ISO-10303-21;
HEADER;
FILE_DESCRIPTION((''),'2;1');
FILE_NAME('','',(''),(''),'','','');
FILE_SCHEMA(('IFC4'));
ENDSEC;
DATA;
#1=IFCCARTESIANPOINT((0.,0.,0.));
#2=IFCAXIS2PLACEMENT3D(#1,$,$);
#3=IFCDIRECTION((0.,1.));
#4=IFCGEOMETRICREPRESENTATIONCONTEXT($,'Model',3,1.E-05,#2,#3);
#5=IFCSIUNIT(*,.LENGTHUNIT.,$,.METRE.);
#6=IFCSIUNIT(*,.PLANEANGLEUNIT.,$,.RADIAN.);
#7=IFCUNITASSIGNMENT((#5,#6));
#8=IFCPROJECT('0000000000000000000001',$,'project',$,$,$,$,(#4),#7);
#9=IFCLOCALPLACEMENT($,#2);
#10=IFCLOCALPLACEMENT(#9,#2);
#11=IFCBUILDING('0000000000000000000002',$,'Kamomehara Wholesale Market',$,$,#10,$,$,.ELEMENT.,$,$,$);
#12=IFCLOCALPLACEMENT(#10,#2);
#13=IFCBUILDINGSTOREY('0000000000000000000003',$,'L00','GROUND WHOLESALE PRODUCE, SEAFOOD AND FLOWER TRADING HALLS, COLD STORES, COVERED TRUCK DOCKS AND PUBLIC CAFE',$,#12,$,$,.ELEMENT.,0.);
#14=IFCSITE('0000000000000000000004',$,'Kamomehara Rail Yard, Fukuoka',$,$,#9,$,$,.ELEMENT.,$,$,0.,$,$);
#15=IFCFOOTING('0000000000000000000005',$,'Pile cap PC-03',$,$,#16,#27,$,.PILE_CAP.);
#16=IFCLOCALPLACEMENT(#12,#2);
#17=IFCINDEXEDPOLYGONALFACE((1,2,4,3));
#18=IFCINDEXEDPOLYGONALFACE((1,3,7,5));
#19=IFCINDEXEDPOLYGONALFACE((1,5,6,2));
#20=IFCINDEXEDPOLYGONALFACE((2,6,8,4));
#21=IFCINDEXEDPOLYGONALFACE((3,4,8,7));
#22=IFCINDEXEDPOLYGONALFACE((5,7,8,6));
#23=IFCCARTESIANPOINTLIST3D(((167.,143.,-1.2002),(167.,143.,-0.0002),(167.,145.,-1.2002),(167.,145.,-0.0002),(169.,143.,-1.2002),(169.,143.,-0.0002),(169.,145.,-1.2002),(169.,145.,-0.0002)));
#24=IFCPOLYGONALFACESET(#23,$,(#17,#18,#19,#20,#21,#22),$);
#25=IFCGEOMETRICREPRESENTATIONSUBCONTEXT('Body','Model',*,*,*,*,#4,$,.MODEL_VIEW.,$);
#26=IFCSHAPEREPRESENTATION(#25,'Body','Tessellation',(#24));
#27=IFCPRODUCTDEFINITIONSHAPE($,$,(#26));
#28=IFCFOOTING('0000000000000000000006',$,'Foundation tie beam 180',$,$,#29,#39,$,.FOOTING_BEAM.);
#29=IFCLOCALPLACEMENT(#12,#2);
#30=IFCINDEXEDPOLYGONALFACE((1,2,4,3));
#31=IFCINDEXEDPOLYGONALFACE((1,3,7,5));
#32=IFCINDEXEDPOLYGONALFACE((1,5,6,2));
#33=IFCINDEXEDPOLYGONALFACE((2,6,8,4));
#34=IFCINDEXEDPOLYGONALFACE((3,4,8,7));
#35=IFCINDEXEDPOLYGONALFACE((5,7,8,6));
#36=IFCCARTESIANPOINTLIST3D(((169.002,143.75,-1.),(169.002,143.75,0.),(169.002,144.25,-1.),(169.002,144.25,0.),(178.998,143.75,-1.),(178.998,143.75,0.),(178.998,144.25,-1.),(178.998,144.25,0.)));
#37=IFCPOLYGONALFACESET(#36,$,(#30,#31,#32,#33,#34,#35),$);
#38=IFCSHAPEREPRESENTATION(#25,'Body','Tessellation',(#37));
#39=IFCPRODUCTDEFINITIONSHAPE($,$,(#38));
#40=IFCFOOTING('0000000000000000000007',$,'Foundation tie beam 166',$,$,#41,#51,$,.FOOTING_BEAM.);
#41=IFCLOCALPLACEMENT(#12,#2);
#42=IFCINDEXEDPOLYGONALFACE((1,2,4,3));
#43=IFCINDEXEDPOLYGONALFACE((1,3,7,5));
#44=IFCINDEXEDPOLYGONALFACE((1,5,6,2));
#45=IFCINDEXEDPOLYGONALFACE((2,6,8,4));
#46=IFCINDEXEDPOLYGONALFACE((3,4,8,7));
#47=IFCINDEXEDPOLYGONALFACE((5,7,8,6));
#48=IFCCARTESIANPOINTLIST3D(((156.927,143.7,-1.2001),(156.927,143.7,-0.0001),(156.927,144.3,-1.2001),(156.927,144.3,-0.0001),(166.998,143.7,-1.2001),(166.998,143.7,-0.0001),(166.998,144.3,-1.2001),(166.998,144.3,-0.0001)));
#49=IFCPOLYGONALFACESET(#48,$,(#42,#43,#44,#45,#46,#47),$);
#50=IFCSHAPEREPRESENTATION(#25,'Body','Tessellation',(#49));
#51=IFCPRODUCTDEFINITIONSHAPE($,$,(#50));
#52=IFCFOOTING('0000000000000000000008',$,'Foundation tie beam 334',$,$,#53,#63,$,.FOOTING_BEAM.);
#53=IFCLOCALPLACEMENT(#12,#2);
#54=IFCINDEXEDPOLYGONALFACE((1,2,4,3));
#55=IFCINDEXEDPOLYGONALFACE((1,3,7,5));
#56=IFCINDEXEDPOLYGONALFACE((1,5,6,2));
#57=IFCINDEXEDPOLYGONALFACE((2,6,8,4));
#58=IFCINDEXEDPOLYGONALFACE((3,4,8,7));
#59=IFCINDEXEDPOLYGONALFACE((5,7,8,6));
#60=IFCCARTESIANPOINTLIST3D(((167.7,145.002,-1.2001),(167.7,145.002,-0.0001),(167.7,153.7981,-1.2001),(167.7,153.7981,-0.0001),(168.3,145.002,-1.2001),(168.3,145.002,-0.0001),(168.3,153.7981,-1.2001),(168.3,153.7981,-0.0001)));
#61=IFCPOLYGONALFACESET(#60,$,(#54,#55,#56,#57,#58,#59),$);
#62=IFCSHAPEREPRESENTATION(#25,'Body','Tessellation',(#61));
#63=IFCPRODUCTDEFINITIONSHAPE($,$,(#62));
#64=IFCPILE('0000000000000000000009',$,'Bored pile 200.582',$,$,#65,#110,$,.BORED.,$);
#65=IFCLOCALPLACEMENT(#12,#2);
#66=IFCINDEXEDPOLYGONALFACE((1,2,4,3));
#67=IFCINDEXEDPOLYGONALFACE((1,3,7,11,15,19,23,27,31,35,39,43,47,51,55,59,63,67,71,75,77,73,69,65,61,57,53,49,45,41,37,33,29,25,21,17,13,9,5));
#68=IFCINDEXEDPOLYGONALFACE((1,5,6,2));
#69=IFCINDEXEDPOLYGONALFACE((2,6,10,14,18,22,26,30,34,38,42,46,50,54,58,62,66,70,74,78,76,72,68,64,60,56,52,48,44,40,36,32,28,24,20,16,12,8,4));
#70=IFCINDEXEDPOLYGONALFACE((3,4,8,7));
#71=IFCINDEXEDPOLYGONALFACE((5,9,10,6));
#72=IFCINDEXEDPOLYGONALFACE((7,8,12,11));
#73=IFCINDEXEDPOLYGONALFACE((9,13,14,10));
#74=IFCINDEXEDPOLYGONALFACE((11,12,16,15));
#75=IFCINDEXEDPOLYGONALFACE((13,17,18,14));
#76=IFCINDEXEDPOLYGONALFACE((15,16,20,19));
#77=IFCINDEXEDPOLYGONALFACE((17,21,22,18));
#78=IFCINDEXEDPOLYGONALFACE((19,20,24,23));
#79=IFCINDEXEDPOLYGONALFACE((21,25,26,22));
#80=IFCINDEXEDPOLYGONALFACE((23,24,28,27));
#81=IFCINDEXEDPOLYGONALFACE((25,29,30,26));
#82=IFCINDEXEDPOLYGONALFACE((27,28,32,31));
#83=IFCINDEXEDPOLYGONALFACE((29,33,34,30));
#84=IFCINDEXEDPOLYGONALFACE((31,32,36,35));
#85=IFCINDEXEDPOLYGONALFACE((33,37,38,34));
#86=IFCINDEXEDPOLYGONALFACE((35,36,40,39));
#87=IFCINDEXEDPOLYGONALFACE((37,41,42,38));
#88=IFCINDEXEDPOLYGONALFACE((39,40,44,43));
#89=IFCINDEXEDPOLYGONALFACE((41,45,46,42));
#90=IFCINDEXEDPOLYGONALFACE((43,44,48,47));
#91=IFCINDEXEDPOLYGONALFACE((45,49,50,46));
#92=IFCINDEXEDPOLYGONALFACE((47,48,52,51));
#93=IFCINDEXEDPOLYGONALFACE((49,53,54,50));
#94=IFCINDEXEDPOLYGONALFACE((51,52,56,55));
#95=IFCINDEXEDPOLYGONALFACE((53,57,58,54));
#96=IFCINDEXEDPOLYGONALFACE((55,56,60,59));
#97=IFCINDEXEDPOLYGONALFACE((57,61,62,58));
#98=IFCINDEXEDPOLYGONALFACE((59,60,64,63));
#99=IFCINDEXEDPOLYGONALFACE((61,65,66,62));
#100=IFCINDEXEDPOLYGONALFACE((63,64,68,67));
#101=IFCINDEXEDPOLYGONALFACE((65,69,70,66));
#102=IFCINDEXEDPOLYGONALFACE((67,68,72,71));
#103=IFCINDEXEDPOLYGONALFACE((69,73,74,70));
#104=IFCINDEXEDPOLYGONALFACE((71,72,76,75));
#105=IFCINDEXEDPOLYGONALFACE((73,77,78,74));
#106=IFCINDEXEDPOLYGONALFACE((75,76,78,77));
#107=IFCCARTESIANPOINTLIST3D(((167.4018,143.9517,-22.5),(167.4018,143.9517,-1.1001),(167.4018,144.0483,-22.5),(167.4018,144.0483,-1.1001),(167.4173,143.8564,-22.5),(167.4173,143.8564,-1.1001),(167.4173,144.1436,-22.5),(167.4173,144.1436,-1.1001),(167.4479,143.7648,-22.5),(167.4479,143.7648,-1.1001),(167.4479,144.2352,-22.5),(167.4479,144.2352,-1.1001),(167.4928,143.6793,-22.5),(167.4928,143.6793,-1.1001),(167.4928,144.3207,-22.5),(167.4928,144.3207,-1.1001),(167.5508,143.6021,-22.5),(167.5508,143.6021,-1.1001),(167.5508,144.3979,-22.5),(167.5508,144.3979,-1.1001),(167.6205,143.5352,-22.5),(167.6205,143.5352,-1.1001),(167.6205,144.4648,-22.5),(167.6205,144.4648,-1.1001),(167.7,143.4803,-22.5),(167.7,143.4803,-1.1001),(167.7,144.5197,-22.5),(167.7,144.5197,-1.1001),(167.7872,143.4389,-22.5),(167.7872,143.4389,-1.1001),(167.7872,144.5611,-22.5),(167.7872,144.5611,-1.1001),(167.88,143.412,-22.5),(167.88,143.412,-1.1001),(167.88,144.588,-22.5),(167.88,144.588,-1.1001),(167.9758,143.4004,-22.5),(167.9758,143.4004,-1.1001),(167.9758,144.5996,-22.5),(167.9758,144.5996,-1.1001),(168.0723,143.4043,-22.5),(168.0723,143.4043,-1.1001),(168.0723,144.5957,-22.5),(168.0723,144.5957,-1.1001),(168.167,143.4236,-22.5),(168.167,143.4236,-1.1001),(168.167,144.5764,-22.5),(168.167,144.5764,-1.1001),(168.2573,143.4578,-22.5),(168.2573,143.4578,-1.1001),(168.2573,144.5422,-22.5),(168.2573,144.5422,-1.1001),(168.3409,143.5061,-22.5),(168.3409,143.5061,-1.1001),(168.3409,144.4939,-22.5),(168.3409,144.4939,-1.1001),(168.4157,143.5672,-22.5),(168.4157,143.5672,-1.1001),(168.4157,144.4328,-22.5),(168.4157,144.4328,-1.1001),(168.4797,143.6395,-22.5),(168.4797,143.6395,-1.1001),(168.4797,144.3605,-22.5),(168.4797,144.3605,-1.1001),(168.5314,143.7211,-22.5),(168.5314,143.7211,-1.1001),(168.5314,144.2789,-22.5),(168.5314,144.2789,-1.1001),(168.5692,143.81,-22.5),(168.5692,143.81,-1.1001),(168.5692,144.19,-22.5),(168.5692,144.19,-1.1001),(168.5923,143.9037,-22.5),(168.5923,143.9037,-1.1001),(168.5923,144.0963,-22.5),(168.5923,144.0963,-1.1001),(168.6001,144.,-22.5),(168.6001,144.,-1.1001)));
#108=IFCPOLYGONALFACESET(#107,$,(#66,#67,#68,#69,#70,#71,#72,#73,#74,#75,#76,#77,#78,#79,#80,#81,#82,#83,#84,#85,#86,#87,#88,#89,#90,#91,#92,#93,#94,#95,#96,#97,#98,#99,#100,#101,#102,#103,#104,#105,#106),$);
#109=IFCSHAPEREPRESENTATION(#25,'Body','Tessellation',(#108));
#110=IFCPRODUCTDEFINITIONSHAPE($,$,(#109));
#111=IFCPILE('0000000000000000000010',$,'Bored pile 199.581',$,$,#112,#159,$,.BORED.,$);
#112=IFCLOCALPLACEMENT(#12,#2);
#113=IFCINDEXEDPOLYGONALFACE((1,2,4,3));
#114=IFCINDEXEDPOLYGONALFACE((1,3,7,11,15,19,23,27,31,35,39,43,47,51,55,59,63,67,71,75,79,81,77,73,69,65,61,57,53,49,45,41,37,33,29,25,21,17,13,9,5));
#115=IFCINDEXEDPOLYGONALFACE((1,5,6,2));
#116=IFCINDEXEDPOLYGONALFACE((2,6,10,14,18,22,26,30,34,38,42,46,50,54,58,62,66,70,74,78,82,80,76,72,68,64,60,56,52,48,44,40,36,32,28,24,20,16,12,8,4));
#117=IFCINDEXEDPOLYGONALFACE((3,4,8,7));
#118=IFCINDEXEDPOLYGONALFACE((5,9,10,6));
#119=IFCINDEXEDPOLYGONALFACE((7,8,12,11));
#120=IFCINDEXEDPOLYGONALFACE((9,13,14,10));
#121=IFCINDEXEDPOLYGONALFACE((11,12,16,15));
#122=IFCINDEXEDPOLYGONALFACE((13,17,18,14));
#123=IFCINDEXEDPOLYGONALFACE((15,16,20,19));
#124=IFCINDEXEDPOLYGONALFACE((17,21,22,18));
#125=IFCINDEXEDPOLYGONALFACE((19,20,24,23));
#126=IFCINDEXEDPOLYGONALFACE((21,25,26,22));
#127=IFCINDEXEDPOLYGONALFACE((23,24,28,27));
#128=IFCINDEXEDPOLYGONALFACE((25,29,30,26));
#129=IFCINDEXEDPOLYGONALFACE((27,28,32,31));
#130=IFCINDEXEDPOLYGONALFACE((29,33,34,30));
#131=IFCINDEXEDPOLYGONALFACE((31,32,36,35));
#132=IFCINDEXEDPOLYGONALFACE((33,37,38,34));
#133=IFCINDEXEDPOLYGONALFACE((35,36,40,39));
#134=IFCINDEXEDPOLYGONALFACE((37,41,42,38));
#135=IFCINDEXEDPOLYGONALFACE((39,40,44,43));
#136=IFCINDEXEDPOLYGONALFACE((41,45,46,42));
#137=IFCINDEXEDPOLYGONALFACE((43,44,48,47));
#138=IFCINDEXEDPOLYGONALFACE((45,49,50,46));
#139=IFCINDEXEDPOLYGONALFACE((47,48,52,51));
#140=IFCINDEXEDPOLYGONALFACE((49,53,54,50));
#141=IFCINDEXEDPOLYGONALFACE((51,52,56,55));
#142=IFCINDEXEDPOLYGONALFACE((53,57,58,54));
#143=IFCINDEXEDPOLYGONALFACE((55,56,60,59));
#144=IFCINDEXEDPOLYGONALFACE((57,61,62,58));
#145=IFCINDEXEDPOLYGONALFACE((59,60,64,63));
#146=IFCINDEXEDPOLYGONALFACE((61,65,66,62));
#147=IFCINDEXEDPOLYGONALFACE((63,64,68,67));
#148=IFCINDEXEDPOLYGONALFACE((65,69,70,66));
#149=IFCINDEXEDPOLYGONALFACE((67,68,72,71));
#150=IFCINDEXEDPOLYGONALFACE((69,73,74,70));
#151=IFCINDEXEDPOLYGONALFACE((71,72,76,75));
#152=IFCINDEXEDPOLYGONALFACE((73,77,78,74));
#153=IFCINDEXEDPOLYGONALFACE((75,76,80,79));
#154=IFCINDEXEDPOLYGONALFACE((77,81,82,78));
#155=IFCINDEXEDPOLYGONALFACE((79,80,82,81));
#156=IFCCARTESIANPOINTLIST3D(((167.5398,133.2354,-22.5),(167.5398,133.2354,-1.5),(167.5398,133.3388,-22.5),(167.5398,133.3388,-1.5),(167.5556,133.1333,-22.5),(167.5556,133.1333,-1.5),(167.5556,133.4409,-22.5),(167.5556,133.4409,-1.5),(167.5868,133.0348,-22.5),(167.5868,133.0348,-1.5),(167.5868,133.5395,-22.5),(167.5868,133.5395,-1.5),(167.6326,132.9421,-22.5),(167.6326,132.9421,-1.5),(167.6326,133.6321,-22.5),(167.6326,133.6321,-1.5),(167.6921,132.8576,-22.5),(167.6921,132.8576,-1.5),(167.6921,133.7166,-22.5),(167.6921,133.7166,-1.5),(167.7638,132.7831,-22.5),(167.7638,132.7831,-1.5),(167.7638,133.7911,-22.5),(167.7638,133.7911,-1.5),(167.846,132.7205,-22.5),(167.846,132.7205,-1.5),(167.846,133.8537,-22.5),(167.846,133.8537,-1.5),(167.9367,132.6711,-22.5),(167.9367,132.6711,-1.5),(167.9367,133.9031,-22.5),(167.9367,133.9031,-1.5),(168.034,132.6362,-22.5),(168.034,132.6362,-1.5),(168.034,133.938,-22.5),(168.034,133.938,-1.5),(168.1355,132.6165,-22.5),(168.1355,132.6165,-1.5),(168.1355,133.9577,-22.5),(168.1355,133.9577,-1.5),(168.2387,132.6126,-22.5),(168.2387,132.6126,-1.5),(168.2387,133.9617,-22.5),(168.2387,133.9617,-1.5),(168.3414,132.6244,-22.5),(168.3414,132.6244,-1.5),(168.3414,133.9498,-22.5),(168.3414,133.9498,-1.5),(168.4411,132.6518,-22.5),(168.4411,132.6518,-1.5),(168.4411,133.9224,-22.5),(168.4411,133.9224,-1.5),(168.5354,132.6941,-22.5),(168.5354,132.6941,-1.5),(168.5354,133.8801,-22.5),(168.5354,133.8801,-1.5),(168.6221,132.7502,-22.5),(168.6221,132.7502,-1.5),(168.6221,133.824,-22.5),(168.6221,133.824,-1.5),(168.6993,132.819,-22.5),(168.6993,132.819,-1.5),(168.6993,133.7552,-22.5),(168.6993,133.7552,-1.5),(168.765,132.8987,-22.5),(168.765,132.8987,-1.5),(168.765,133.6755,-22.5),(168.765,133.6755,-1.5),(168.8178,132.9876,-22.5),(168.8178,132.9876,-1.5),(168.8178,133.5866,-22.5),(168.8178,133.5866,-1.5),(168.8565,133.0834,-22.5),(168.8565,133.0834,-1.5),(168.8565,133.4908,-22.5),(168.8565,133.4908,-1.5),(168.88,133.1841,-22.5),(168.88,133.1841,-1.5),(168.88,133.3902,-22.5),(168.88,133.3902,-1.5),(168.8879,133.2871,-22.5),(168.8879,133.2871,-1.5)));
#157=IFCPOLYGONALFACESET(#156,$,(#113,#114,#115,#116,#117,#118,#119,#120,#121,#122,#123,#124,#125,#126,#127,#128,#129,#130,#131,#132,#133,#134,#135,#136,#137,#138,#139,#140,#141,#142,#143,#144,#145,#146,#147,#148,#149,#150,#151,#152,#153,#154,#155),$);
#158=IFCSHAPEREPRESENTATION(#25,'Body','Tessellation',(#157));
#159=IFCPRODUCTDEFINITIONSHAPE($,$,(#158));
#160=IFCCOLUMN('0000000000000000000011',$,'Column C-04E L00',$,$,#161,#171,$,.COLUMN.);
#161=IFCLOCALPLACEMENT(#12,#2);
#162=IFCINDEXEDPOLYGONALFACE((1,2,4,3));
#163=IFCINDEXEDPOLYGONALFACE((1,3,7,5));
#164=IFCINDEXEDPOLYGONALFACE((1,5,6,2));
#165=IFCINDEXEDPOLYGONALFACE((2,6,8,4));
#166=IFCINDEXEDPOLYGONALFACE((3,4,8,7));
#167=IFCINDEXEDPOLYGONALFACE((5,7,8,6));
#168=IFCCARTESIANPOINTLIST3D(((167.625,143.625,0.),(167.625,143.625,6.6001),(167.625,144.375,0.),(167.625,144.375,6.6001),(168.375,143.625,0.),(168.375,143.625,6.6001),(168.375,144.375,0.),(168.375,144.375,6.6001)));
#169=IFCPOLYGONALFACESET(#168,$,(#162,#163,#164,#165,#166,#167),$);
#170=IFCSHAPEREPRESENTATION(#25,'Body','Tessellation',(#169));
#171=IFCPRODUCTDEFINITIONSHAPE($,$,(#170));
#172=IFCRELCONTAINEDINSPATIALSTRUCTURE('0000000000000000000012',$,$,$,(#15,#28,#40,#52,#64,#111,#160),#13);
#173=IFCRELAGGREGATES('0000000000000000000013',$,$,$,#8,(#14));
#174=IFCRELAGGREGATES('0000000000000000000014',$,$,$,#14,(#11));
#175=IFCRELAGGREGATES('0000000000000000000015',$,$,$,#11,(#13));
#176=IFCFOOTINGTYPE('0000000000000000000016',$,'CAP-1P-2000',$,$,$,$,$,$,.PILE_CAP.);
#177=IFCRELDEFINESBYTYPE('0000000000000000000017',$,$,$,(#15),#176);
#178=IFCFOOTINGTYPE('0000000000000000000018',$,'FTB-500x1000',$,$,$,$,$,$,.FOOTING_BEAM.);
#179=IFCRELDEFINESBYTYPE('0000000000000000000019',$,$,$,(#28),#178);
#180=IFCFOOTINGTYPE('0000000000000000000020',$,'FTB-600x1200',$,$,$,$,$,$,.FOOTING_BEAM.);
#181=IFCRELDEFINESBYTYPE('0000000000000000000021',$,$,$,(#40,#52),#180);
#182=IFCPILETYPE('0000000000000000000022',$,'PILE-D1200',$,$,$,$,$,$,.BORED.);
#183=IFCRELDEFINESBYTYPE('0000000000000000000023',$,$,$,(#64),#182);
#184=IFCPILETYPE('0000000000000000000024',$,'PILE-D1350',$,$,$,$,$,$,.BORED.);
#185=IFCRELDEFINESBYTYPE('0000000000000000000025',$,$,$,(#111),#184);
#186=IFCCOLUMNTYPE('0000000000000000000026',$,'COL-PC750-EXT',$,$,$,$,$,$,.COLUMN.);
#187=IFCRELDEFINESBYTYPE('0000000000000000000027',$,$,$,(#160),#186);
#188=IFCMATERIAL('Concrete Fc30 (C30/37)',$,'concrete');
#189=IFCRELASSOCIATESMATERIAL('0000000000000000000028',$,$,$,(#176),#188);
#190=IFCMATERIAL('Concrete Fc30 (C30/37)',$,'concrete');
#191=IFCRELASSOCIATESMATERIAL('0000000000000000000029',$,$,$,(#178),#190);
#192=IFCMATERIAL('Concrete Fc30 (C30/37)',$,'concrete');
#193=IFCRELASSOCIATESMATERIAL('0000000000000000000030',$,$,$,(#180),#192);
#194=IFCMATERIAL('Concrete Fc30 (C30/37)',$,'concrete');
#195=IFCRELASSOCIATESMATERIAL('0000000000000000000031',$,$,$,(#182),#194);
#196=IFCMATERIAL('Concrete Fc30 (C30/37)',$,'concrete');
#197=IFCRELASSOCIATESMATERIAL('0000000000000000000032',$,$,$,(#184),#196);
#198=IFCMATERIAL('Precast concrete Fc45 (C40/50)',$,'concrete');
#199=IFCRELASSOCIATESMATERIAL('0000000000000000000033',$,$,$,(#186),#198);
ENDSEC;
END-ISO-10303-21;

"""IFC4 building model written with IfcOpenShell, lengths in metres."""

from ifc_helpers import new_model, si_unit, direction, frame, origin, origin_2d, place, context, subcontext, project, spatial, rectangle, circle, extrude, material, material_profile, profile_set, type_object, element, save


model = new_model("IFC4")

# Units and contexts
model_context = context("Model", 3, precision=1e-05, world=origin(), true_north=direction((0.0, 1.0)))
body_context = subcontext(model_context, "Body", "Model", "MODEL_VIEW")
ifc_project = project(units=[si_unit("LENGTHUNIT", "METRE"), si_unit("PLANEANGLEUNIT", "RADIAN")], contexts=[model_context])

# Site, building, storey
site_placement = place(None, origin())
site = spatial("IfcSite", under=ifc_project, at=site_placement, Name="Kamomehara Rail Yard, Fukuoka", CompositionType="ELEMENT", RefElevation=0.0)
building_placement = place(site_placement, origin())
building = spatial("IfcBuilding", under=site, at=building_placement, Name="Kamomehara Wholesale Market", CompositionType="ELEMENT")
storey_placement = place(building_placement, origin())
storey = spatial("IfcBuildingStorey", under=building, at=storey_placement, Name="L00", Description="GROUND WHOLESALE PRODUCE, SEAFOOD AND FLOWER TRADING HALLS, COLD STORES, COVERED TRUCK DOCKS AND PUBLIC CAFE", CompositionType="ELEMENT", Elevation=0.0)

# Footings
ifc_material_1 = material(Name="Concrete Fc30 (C30/37)", Category="concrete")
footing_type_1 = type_object("IfcFootingType", Name="CAP-1P-2000", PredefinedType="PILE_CAP", material=ifc_material_1)
footing_1_placement = place(storey_placement, frame((168.0, 144.0, -1.2002), z_axis=(0.0, 0.0, 1.0), x_axis=(1.0, 0.0, 0.0)))
element("IfcFooting", 1, at=footing_1_placement, inside=storey, type_object=footing_type_1, Name="Pile cap PC-03", PredefinedType="PILE_CAP", context=body_context, shape_type="SweptSolid", body=[
    extrude(rectangle(XDim=2.0, YDim=2.0, at=origin_2d()), origin(), (0.0, 0.0, 1.0), 1.2),
])
ifc_material_2 = material(Name="Concrete Fc30 (C30/37)", Category="concrete")
ifc_material_profile_1 = material_profile(ifc_material_2, rectangle(XDim=0.5, YDim=1.0, at=origin_2d()), Name="RC-FTB-500x1000")
ifc_profile_set_1 = profile_set([ifc_material_profile_1], Name="Concrete Fc30 (C30/37)")
footing_type_2 = type_object("IfcFootingType", Name="FTB-500x1000", PredefinedType="FOOTING_BEAM", material=ifc_profile_set_1)
footing_2_placement = place(storey_placement, frame((169.002, 144.0, -0.5), z_axis=(1.0, 0.0, 0.0), x_axis=(0.0, 1.0, 0.0)))
element("IfcFooting", 2, at=footing_2_placement, inside=storey, type_object=footing_type_2, Name="Foundation tie beam 180", PredefinedType="FOOTING_BEAM", context=body_context, shape_type="SweptSolid", body=[
    extrude(rectangle(XDim=0.5, YDim=1.0, at=origin_2d()), origin(), (0.0, 0.0, 1.0), 9.9961),
])
ifc_material_3 = material(Name="Concrete Fc30 (C30/37)", Category="concrete")
ifc_material_profile_2 = material_profile(ifc_material_3, rectangle(XDim=0.6001, YDim=1.2, at=origin_2d()), Name="RC-FTB-600x1200")
ifc_profile_set_2 = profile_set([ifc_material_profile_2], Name="Concrete Fc30 (C30/37)")
footing_type_3 = type_object("IfcFootingType", Name="FTB-600x1200", PredefinedType="FOOTING_BEAM", material=ifc_profile_set_2)
footing_3_placement = place(storey_placement, frame((156.927, 144.0, -0.6001), z_axis=(1.0, 0.0, 0.0), x_axis=(0.0, 1.0, 0.0)))
element("IfcFooting", 3, at=footing_3_placement, inside=storey, type_object=footing_type_3, Name="Foundation tie beam 166", PredefinedType="FOOTING_BEAM", context=body_context, shape_type="SweptSolid", body=[
    extrude(rectangle(XDim=0.6001, YDim=1.2, at=origin_2d()), origin(), (0.0, 0.0, 1.0), 10.071),
])
footing_4_placement = place(storey_placement, frame((168.0, 145.002, -0.6001), z_axis=(0.0, 1.0, 0.0), x_axis=(-1.0, 0.0, 0.0)))
element("IfcFooting", 4, at=footing_4_placement, inside=storey, type_object=footing_type_3, Name="Foundation tie beam 334", PredefinedType="FOOTING_BEAM", context=body_context, shape_type="SweptSolid", body=[
    extrude(rectangle(XDim=0.6001, YDim=1.2, at=origin_2d()), origin(), (0.0, 0.0, 1.0), 8.7961),
])

# Piles
ifc_material_4 = material(Name="Concrete Fc30 (C30/37)", Category="concrete")
ifc_material_profile_3 = material_profile(ifc_material_4, circle(Radius=0.6001, at=origin_2d()), Name="RC-PILE-D1200")
ifc_profile_set_3 = profile_set([ifc_material_profile_3], Name="Concrete Fc30 (C30/37)")
pile_type_1 = type_object("IfcPileType", Name="PILE-D1200", PredefinedType="BORED", material=ifc_profile_set_3)
pile_1_placement = place(storey_placement, frame((168.0, 144.0, -1.1001), z_axis=(0.0, 0.0, -1.0), x_axis=(1.0, 0.0, 0.0)))
element("IfcPile", 5, at=pile_1_placement, inside=storey, type_object=pile_type_1, Name="Bored pile 200.582", PredefinedType="BORED", context=body_context, shape_type="SweptSolid", body=[
    extrude(circle(Radius=0.6001, at=origin_2d()), origin(), (0.0, 0.0, 1.0), 21.3999),
])
ifc_material_5 = material(Name="Concrete Fc30 (C30/37)", Category="concrete")
ifc_material_profile_4 = material_profile(ifc_material_5, circle(Radius=0.675, at=origin_2d()), Name="RC-PILE-D1350")
ifc_profile_set_4 = profile_set([ifc_material_profile_4], Name="Concrete Fc30 (C30/37)")
pile_type_2 = type_object("IfcPileType", Name="PILE-D1350", PredefinedType="BORED", material=ifc_profile_set_4)
pile_2_placement = place(storey_placement, frame((168.2129, 133.2871, -1.5), z_axis=(0.0, 0.0, -1.0), x_axis=(1.0, 0.0, 0.0)))
element("IfcPile", 6, at=pile_2_placement, inside=storey, type_object=pile_type_2, Name="Bored pile 199.581", PredefinedType="BORED", context=body_context, shape_type="SweptSolid", body=[
    extrude(circle(Radius=0.675, at=origin_2d()), origin(), (0.0, 0.0, 1.0), 21.0),
])

# Column
ifc_material_6 = material(Name="Precast concrete Fc45 (C40/50)", Category="concrete")
ifc_material_profile_5 = material_profile(ifc_material_6, rectangle(XDim=0.75, YDim=0.75, at=origin_2d()), Name="PC-COL-750x750")
ifc_profile_set_5 = profile_set([ifc_material_profile_5], Name="Precast concrete Fc45 (C40/50)")
column_type = type_object("IfcColumnType", Name="COL-PC750-EXT", PredefinedType="COLUMN", material=ifc_profile_set_5)
column_placement = place(storey_placement, frame((168.0, 144.0, 0.0), z_axis=(0.0, 0.0, 1.0), x_axis=(1.0, 0.0, 0.0)))
element("IfcColumn", 7, at=column_placement, inside=storey, type_object=column_type, Name="Column C-04E L00", PredefinedType="COLUMN", context=body_context, shape_type="SweptSolid", body=[
    extrude(rectangle(XDim=0.75, YDim=0.75, at=origin_2d()), origin(), (0.0, 0.0, 1.0), 6.6001),
])

save(model, "model.ifc")
